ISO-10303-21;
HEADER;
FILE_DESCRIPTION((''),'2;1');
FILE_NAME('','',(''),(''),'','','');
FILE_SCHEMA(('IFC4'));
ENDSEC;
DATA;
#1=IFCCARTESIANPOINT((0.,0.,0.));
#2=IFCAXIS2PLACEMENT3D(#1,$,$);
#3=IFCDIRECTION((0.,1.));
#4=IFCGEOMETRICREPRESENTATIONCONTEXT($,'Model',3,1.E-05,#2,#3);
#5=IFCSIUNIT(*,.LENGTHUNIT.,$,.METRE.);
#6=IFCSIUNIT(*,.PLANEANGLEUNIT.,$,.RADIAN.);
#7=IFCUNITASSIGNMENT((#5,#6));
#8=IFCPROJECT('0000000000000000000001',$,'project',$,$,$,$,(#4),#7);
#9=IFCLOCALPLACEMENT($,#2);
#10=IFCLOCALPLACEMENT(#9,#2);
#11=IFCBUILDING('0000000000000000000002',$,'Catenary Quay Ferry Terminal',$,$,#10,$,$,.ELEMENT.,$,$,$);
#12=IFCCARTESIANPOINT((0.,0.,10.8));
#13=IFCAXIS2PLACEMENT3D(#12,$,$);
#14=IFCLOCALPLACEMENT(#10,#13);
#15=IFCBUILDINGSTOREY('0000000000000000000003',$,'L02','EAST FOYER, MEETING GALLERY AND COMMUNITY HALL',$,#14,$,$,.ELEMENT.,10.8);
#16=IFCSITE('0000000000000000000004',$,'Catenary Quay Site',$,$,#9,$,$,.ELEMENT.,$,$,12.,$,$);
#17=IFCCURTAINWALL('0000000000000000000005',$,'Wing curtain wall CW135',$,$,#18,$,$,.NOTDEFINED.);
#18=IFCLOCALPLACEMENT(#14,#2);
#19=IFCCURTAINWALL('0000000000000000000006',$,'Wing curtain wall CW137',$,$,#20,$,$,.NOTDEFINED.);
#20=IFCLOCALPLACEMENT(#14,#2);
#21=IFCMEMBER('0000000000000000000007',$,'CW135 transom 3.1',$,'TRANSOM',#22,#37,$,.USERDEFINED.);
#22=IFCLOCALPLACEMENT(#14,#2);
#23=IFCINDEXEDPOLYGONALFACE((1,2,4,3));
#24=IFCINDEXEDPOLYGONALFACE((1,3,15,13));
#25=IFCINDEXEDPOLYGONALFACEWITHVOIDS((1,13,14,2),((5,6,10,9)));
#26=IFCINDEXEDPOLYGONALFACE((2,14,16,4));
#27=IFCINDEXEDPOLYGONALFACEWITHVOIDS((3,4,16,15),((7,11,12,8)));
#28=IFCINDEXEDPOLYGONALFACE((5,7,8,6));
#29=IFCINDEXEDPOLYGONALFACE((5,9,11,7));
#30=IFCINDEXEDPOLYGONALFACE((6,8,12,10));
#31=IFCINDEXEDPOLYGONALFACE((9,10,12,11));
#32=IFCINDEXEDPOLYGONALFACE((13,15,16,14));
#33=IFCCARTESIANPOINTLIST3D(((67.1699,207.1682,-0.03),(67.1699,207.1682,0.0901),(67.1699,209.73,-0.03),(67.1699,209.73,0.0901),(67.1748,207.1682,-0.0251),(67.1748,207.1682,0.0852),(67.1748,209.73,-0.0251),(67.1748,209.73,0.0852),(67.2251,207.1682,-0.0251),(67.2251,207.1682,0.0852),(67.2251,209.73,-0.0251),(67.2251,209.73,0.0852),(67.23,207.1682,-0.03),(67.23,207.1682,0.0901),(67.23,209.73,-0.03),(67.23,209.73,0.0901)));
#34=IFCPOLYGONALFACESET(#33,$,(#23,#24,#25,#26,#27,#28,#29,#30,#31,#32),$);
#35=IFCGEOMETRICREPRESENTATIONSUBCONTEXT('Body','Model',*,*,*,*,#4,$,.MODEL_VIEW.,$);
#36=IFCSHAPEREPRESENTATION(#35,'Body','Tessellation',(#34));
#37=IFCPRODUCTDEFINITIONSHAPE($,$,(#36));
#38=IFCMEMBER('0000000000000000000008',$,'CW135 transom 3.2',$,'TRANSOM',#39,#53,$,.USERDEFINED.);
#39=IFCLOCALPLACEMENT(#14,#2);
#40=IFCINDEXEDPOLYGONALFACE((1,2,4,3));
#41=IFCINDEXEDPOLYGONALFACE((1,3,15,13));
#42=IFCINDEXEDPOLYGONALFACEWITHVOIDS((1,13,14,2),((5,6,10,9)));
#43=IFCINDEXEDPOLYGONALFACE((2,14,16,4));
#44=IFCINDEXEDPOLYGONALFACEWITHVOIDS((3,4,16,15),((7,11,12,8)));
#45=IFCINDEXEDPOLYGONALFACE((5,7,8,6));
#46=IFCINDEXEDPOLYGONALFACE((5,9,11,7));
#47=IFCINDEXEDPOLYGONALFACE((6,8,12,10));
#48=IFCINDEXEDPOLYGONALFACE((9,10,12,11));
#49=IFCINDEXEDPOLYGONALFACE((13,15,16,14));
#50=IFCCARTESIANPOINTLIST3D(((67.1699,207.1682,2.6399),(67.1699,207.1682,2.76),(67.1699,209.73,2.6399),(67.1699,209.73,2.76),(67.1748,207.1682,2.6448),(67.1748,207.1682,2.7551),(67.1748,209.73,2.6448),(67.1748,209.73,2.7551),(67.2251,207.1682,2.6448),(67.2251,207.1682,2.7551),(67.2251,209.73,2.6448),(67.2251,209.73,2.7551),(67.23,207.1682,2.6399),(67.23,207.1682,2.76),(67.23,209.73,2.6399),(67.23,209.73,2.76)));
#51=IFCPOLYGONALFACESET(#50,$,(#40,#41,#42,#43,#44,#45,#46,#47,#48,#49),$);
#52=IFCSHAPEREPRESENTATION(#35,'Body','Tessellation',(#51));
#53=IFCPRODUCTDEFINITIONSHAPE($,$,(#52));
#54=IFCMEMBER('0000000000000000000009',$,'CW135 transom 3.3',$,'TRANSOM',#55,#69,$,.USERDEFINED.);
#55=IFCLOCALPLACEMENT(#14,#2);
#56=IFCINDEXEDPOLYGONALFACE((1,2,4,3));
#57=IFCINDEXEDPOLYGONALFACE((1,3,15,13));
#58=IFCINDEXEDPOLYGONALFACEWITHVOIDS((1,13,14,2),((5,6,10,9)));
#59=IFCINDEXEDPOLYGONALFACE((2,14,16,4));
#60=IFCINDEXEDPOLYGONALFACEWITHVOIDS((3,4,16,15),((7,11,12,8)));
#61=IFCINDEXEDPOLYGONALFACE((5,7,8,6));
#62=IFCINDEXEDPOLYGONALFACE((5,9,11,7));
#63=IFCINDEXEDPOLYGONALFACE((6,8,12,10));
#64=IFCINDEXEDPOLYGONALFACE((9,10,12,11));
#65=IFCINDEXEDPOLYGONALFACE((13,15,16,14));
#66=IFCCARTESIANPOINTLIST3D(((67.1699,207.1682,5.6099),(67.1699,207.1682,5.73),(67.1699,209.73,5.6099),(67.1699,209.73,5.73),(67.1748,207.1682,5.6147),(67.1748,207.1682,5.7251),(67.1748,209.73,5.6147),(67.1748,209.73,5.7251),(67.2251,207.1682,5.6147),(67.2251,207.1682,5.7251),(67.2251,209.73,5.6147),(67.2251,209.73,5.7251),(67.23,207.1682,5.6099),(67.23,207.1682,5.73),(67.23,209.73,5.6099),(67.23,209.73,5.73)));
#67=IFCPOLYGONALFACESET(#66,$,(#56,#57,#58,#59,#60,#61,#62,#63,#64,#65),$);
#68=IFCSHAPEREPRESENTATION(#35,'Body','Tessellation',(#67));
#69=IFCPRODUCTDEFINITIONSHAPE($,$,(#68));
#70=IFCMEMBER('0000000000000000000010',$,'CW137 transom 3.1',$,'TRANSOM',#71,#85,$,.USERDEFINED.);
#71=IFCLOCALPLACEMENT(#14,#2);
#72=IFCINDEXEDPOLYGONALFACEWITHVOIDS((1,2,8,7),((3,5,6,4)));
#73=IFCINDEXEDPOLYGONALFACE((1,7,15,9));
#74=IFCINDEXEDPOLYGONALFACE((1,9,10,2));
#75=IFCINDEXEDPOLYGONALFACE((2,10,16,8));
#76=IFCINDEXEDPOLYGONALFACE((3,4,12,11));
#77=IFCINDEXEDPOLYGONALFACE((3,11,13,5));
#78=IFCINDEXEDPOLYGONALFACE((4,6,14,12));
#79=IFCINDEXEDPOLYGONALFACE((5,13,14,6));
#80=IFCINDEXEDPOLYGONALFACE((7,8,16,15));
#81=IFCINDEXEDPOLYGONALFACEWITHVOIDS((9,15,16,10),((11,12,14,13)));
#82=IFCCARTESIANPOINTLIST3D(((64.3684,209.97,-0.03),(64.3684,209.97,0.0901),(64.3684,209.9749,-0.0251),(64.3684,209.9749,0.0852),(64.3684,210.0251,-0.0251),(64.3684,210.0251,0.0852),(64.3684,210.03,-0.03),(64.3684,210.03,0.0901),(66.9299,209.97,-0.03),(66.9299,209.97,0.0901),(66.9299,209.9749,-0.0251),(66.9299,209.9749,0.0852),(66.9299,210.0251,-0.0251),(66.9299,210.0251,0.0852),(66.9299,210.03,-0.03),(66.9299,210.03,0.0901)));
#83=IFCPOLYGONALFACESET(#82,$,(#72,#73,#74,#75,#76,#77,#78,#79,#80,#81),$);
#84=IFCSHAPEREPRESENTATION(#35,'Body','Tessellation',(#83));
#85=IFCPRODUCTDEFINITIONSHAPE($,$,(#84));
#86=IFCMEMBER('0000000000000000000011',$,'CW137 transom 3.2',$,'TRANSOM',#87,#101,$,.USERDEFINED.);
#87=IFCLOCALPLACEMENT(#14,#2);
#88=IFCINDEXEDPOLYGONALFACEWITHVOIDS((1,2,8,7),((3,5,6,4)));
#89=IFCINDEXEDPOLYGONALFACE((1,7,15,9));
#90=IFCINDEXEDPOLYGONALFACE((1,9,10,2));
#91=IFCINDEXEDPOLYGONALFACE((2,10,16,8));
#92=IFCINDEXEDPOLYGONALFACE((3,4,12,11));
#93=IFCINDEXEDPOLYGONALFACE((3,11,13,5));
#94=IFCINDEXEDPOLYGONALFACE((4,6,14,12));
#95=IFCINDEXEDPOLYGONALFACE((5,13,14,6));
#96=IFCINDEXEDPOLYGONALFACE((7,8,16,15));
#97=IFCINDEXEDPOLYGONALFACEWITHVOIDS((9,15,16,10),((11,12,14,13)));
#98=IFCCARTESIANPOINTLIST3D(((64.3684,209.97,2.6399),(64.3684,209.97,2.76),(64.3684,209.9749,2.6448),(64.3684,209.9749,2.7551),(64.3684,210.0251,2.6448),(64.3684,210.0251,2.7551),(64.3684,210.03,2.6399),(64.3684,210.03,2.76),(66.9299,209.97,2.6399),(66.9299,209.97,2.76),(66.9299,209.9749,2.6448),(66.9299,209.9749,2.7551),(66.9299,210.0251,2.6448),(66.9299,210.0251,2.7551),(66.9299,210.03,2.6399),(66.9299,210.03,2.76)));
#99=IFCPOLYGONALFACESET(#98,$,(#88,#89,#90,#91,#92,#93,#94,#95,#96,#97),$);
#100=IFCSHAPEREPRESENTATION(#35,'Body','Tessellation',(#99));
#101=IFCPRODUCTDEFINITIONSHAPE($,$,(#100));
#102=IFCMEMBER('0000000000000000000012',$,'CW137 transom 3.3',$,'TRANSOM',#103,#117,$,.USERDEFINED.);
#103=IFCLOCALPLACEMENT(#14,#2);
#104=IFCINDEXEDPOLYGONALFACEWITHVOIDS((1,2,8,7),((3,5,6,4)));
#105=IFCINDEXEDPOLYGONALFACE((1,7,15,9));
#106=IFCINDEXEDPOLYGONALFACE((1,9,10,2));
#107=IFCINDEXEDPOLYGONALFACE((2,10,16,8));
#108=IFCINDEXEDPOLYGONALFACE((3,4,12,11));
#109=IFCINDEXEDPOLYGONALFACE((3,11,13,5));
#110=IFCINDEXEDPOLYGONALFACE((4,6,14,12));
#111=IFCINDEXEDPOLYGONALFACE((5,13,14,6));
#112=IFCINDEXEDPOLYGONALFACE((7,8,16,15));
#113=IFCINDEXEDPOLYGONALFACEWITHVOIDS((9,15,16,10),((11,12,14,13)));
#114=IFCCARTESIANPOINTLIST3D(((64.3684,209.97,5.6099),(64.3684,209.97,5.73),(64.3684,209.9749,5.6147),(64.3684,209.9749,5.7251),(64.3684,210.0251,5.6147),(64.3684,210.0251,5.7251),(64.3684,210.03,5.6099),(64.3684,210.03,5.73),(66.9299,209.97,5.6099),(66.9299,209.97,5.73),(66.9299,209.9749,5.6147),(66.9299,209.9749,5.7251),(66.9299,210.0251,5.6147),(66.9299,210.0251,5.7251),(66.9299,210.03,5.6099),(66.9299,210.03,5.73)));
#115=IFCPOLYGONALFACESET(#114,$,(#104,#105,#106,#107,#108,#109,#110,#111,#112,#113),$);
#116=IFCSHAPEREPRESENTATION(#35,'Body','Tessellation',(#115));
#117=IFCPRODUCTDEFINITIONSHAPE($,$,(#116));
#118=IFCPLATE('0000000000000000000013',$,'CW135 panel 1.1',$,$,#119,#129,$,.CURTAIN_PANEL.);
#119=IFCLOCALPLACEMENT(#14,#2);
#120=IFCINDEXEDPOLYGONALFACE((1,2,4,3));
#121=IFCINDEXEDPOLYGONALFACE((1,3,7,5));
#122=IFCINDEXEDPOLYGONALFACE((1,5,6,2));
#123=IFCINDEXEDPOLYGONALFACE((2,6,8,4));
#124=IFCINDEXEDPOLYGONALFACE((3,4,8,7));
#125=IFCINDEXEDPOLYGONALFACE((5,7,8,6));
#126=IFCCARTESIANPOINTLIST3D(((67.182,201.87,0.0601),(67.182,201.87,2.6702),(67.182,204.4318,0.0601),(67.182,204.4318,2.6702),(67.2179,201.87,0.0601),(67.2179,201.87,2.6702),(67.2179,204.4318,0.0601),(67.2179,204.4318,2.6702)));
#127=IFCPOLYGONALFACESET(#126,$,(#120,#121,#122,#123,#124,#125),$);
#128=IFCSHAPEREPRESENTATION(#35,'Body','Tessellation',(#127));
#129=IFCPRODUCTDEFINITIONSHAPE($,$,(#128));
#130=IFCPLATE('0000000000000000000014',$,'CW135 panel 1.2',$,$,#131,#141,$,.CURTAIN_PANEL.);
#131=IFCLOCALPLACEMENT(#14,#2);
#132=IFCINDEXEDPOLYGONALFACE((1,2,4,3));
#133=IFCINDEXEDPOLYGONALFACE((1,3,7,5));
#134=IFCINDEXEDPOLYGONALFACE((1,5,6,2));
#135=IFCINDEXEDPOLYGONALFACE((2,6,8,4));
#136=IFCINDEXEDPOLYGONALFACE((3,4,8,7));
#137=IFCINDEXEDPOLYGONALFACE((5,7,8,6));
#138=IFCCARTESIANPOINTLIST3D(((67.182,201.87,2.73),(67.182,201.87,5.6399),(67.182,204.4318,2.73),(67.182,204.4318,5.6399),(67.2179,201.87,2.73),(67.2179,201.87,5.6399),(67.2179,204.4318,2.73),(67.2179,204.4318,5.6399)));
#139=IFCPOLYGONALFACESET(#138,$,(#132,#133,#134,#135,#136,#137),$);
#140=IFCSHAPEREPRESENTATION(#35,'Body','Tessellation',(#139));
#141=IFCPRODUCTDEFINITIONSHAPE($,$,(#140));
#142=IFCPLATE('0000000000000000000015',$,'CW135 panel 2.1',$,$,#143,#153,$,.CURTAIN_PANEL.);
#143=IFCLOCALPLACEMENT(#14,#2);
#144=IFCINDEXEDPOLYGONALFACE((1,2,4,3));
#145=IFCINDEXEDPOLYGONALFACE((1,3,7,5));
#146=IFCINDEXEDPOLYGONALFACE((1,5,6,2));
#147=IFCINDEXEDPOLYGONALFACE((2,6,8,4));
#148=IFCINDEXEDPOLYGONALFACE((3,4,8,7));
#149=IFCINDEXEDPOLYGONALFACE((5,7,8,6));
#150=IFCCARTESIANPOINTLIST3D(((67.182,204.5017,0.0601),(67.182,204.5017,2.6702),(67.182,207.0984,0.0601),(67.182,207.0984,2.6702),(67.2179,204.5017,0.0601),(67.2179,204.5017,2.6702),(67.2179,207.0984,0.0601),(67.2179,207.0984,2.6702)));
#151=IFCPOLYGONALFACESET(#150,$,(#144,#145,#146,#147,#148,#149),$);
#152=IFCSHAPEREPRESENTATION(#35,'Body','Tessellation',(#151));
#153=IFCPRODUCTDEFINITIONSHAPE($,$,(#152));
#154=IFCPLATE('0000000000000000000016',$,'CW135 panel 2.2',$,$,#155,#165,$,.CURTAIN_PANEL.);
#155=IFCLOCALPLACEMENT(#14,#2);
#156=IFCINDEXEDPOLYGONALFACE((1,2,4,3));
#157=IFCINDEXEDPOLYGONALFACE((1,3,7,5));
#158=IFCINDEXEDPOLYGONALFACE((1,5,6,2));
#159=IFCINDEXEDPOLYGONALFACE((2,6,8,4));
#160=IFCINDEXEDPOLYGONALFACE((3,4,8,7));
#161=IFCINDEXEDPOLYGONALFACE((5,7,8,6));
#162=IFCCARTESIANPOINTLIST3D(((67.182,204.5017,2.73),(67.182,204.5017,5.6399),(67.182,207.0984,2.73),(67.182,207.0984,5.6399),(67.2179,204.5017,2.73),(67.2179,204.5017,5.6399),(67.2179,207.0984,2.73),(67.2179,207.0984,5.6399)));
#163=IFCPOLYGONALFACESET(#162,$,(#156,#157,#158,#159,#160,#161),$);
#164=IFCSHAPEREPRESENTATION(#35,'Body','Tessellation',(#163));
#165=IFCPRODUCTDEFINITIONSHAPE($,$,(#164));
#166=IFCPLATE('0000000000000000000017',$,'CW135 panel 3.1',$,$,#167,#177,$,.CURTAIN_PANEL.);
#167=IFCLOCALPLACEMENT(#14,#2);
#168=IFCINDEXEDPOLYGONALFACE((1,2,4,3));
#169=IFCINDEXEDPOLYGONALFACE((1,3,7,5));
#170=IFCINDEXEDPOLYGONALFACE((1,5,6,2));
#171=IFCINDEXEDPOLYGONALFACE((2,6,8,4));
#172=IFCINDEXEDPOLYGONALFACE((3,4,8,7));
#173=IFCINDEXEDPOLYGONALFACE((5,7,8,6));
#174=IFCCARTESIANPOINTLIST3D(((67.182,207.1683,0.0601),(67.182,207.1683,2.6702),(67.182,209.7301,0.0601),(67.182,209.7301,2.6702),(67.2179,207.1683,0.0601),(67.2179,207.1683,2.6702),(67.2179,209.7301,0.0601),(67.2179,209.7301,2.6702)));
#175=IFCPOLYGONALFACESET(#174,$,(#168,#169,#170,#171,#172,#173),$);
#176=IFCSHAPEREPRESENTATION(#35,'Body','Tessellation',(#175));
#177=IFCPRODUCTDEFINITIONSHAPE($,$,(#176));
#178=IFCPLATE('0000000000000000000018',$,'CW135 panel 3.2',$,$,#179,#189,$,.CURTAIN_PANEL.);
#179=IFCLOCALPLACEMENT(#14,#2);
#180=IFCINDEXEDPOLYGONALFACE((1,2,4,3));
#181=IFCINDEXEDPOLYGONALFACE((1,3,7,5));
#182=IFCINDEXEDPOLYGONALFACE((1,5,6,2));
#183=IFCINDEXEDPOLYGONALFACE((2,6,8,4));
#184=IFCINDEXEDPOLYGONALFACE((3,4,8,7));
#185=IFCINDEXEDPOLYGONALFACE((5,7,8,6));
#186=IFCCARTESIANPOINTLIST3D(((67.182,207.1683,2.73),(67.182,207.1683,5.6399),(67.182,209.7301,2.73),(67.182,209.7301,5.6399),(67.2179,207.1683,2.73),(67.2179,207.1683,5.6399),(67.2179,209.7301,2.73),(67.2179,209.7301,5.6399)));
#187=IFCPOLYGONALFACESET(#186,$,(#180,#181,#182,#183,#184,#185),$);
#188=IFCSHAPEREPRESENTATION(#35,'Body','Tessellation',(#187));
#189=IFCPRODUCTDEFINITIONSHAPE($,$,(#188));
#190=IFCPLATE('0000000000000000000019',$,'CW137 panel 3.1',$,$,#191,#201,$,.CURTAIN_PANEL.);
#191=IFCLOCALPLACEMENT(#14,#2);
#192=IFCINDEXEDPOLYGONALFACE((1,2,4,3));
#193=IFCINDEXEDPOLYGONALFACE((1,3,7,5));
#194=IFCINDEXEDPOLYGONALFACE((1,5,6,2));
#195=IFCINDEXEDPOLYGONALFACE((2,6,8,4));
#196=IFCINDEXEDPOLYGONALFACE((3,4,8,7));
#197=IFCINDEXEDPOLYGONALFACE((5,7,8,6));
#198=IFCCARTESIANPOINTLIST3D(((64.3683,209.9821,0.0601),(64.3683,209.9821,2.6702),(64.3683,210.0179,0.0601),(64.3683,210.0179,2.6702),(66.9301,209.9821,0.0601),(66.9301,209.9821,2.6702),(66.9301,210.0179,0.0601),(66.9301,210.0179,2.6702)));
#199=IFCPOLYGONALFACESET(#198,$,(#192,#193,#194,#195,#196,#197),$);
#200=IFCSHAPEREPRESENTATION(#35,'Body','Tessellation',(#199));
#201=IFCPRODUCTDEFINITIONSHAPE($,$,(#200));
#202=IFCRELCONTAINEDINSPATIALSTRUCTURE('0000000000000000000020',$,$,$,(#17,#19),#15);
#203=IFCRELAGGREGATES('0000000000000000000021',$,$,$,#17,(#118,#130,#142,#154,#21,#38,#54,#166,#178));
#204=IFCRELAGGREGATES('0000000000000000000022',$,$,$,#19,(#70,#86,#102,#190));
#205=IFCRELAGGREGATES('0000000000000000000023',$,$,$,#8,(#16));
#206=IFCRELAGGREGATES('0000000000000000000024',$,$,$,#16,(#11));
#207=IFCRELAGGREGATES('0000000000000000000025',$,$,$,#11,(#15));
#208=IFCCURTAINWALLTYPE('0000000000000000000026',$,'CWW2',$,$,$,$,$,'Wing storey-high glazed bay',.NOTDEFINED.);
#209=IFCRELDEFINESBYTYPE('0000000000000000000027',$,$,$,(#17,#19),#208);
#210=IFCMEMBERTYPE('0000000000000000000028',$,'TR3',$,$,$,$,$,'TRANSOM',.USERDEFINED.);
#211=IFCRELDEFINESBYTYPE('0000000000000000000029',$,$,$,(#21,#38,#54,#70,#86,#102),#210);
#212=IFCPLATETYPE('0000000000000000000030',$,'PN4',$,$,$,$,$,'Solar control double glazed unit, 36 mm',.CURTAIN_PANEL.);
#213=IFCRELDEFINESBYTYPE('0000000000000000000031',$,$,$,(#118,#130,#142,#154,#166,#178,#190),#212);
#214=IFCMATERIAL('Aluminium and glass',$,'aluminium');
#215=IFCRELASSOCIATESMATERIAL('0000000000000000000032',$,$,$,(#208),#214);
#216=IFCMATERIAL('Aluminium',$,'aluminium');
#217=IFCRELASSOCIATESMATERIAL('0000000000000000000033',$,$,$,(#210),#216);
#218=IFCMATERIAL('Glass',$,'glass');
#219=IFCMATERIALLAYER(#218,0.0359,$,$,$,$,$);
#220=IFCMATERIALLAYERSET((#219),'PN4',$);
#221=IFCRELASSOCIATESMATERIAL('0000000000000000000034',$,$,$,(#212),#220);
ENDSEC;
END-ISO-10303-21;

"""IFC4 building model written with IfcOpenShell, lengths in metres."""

from ifc_helpers import new_model, si_unit, direction, frame, origin, origin_2d, place, context, subcontext, project, spatial, rectangle, hollow_rectangle, extrude, material, layer, layer_set, material_profile, profile_set, type_object, element, aggregate, save


model = new_model("IFC4")

# Units and contexts
model_context = context("Model", 3, precision=1e-05, world=origin(), true_north=direction((0.0, 1.0)))
body_context = subcontext(model_context, "Body", "Model", "MODEL_VIEW")
ifc_project = project(units=[si_unit("LENGTHUNIT", "METRE"), si_unit("PLANEANGLEUNIT", "RADIAN")], contexts=[model_context])

# Site, building, storey
site_placement = place(None, origin())
site = spatial("IfcSite", under=ifc_project, at=site_placement, Name="Catenary Quay Site", CompositionType="ELEMENT", RefElevation=12.0)
building_placement = place(site_placement, origin())
building = spatial("IfcBuilding", under=site, at=building_placement, Name="Catenary Quay Ferry Terminal", CompositionType="ELEMENT")
storey_placement = place(building_placement, frame((0.0, 0.0, 10.8)))
storey = spatial("IfcBuildingStorey", under=building, at=storey_placement, Name="L02", Description="EAST FOYER, MEETING GALLERY AND COMMUNITY HALL", CompositionType="ELEMENT", Elevation=10.8)

# Curtain wall
ifc_material_1 = material(Name="Aluminium and glass", Category="aluminium")
curtain_wall_type = type_object("IfcCurtainWallType", Name="CWW2", ElementType="Wing storey-high glazed bay", PredefinedType="NOTDEFINED", material=ifc_material_1)
curtain_wall_1_placement = place(storey_placement, origin())
curtain_wall_1 = element("IfcCurtainWall", 1, at=curtain_wall_1_placement, inside=storey, type_object=curtain_wall_type, Name="Wing curtain wall CW135", PredefinedType="NOTDEFINED")

# Curtain wall
curtain_wall_2_placement = place(storey_placement, origin())
curtain_wall_2 = element("IfcCurtainWall", 2, at=curtain_wall_2_placement, inside=storey, type_object=curtain_wall_type, Name="Wing curtain wall CW137", PredefinedType="NOTDEFINED")

# Members
ifc_material_2 = material(Name="Aluminium", Category="aluminium")
ifc_material_profile_1 = material_profile(ifc_material_2, hollow_rectangle(XDim=0.0601, YDim=0.1201, WallThickness=0.0049, at=origin_2d()), Name="TR3")
ifc_profile_set_1 = profile_set([ifc_material_profile_1], Name="Aluminium")
member_type_1 = type_object("IfcMemberType", Name="TR3", ElementType="TRANSOM", PredefinedType="USERDEFINED", material=ifc_profile_set_1)
member_1_placement = place(storey_placement, frame((67.2, 207.1682, 0.03), z_axis=(0.0, 1.0, 0.0), x_axis=(-1.0, 0.0, 0.0)))
member_1 = element("IfcMember", 3, at=member_1_placement, type_object=member_type_1, Name="CW135 transom 3.1", ObjectType="TRANSOM", PredefinedType="USERDEFINED", context=body_context, shape_type="SweptSolid", body=[
    extrude(hollow_rectangle(XDim=0.0601, YDim=0.1201, WallThickness=0.0049, at=origin_2d()), origin(), (0.0, 0.0, 1.0), 2.5618),
])
member_2_placement = place(storey_placement, frame((67.2, 207.1682, 2.7), z_axis=(0.0, 1.0, 0.0), x_axis=(-1.0, 0.0, 0.0)))
member_2 = element("IfcMember", 4, at=member_2_placement, type_object=member_type_1, Name="CW135 transom 3.2", ObjectType="TRANSOM", PredefinedType="USERDEFINED", context=body_context, shape_type="SweptSolid", body=[
    extrude(hollow_rectangle(XDim=0.0601, YDim=0.1201, WallThickness=0.0049, at=origin_2d()), origin(), (0.0, 0.0, 1.0), 2.5618),
])
member_3_placement = place(storey_placement, frame((67.2, 207.1682, 5.6699), z_axis=(0.0, 1.0, 0.0), x_axis=(-1.0, 0.0, 0.0)))
member_3 = element("IfcMember", 5, at=member_3_placement, type_object=member_type_1, Name="CW135 transom 3.3", ObjectType="TRANSOM", PredefinedType="USERDEFINED", context=body_context, shape_type="SweptSolid", body=[
    extrude(hollow_rectangle(XDim=0.0601, YDim=0.1201, WallThickness=0.0049, at=origin_2d()), origin(), (0.0, 0.0, 1.0), 2.5618),
])
member_4_placement = place(storey_placement, frame((64.3684, 210.0, 0.03), z_axis=(1.0, 0.0, 0.0), x_axis=(0.0, 1.0, 0.0)))
member_4 = element("IfcMember", 6, at=member_4_placement, type_object=member_type_1, Name="CW137 transom 3.1", ObjectType="TRANSOM", PredefinedType="USERDEFINED", context=body_context, shape_type="SweptSolid", body=[
    extrude(hollow_rectangle(XDim=0.0601, YDim=0.1201, WallThickness=0.0049, at=origin_2d()), origin(), (0.0, 0.0, 1.0), 2.5615),
])
member_5_placement = place(storey_placement, frame((64.3684, 210.0, 2.7), z_axis=(1.0, 0.0, 0.0), x_axis=(0.0, 1.0, 0.0)))
member_5 = element("IfcMember", 7, at=member_5_placement, type_object=member_type_1, Name="CW137 transom 3.2", ObjectType="TRANSOM", PredefinedType="USERDEFINED", context=body_context, shape_type="SweptSolid", body=[
    extrude(hollow_rectangle(XDim=0.0601, YDim=0.1201, WallThickness=0.0049, at=origin_2d()), origin(), (0.0, 0.0, 1.0), 2.5615),
])
member_6_placement = place(storey_placement, frame((64.3684, 210.0, 5.6699), z_axis=(1.0, 0.0, 0.0), x_axis=(0.0, 1.0, 0.0)))
member_6 = element("IfcMember", 8, at=member_6_placement, type_object=member_type_1, Name="CW137 transom 3.3", ObjectType="TRANSOM", PredefinedType="USERDEFINED", context=body_context, shape_type="SweptSolid", body=[
    extrude(hollow_rectangle(XDim=0.0601, YDim=0.1201, WallThickness=0.0049, at=origin_2d()), origin(), (0.0, 0.0, 1.0), 2.5615),
])

# Plates
ifc_material_3 = material(Name="Glass", Category="glass")
ifc_layer_1 = layer(ifc_material_3, 0.0359)
ifc_layer_set_1 = layer_set([ifc_layer_1], Name="PN4")
plate_type = type_object("IfcPlateType", Name="PN4", ElementType="Solar control double glazed unit, 36 mm", PredefinedType="CURTAIN_PANEL", material=ifc_layer_set_1)
plate_1_placement = place(storey_placement, frame((67.2, 203.1509, 0.0601), z_axis=(0.0, 0.0, 1.0), x_axis=(0.0, 1.0, 0.0)))
plate_1 = element("IfcPlate", 9, at=plate_1_placement, type_object=plate_type, Name="CW135 panel 1.1", PredefinedType="CURTAIN_PANEL", context=body_context, shape_type="SweptSolid", body=[
    extrude(rectangle(XDim=2.5618, YDim=0.0359, at=origin_2d()), origin(), (0.0, 0.0, 1.0), 2.6101),
])
plate_2_placement = place(storey_placement, frame((67.2, 203.1509, 2.73), z_axis=(0.0, 0.0, 1.0), x_axis=(0.0, 1.0, 0.0)))
plate_2 = element("IfcPlate", 10, at=plate_2_placement, type_object=plate_type, Name="CW135 panel 1.2", PredefinedType="CURTAIN_PANEL", context=body_context, shape_type="SweptSolid", body=[
    extrude(rectangle(XDim=2.5618, YDim=0.0359, at=origin_2d()), origin(), (0.0, 0.0, 1.0), 2.9099),
])
plate_3_placement = place(storey_placement, frame((67.2, 205.8, 0.0601), z_axis=(0.0, 0.0, 1.0), x_axis=(0.0, 1.0, 0.0)))
plate_3 = element("IfcPlate", 11, at=plate_3_placement, type_object=plate_type, Name="CW135 panel 2.1", PredefinedType="CURTAIN_PANEL", context=body_context, shape_type="SweptSolid", body=[
    extrude(rectangle(XDim=2.5967, YDim=0.0359, at=origin_2d()), origin(), (0.0, 0.0, 1.0), 2.6101),
])
plate_4_placement = place(storey_placement, frame((67.2, 205.8, 2.73), z_axis=(0.0, 0.0, 1.0), x_axis=(0.0, 1.0, 0.0)))
plate_4 = element("IfcPlate", 12, at=plate_4_placement, type_object=plate_type, Name="CW135 panel 2.2", PredefinedType="CURTAIN_PANEL", context=body_context, shape_type="SweptSolid", body=[
    extrude(rectangle(XDim=2.5967, YDim=0.0359, at=origin_2d()), origin(), (0.0, 0.0, 1.0), 2.9099),
])
plate_5_placement = place(storey_placement, frame((67.2, 208.4492, 0.0601), z_axis=(0.0, 0.0, 1.0), x_axis=(0.0, 1.0, 0.0)))
plate_5 = element("IfcPlate", 13, at=plate_5_placement, type_object=plate_type, Name="CW135 panel 3.1", PredefinedType="CURTAIN_PANEL", context=body_context, shape_type="SweptSolid", body=[
    extrude(rectangle(XDim=2.5618, YDim=0.0359, at=origin_2d()), origin(), (0.0, 0.0, 1.0), 2.6101),
])
plate_6_placement = place(storey_placement, frame((67.2, 208.4492, 2.73), z_axis=(0.0, 0.0, 1.0), x_axis=(0.0, 1.0, 0.0)))
plate_6 = element("IfcPlate", 14, at=plate_6_placement, type_object=plate_type, Name="CW135 panel 3.2", PredefinedType="CURTAIN_PANEL", context=body_context, shape_type="SweptSolid", body=[
    extrude(rectangle(XDim=2.5618, YDim=0.0359, at=origin_2d()), origin(), (0.0, 0.0, 1.0), 2.9099),
])
aggregate(curtain_wall_1, [plate_1, plate_2, plate_3, plate_4, member_1, member_2, member_3, plate_5, plate_6])
plate_7_placement = place(storey_placement, frame((65.6492, 210.0, 0.0601), z_axis=(0.0, 0.0, 1.0), x_axis=(1.0, 0.0, 0.0)))
plate_7 = element("IfcPlate", 15, at=plate_7_placement, type_object=plate_type, Name="CW137 panel 3.1", PredefinedType="CURTAIN_PANEL", context=body_context, shape_type="SweptSolid", body=[
    extrude(rectangle(XDim=2.5618, YDim=0.0359, at=origin_2d()), origin(), (0.0, 0.0, 1.0), 2.6101),
])
aggregate(curtain_wall_2, [member_4, member_5, member_6, plate_7])

save(model, "model.ifc")
